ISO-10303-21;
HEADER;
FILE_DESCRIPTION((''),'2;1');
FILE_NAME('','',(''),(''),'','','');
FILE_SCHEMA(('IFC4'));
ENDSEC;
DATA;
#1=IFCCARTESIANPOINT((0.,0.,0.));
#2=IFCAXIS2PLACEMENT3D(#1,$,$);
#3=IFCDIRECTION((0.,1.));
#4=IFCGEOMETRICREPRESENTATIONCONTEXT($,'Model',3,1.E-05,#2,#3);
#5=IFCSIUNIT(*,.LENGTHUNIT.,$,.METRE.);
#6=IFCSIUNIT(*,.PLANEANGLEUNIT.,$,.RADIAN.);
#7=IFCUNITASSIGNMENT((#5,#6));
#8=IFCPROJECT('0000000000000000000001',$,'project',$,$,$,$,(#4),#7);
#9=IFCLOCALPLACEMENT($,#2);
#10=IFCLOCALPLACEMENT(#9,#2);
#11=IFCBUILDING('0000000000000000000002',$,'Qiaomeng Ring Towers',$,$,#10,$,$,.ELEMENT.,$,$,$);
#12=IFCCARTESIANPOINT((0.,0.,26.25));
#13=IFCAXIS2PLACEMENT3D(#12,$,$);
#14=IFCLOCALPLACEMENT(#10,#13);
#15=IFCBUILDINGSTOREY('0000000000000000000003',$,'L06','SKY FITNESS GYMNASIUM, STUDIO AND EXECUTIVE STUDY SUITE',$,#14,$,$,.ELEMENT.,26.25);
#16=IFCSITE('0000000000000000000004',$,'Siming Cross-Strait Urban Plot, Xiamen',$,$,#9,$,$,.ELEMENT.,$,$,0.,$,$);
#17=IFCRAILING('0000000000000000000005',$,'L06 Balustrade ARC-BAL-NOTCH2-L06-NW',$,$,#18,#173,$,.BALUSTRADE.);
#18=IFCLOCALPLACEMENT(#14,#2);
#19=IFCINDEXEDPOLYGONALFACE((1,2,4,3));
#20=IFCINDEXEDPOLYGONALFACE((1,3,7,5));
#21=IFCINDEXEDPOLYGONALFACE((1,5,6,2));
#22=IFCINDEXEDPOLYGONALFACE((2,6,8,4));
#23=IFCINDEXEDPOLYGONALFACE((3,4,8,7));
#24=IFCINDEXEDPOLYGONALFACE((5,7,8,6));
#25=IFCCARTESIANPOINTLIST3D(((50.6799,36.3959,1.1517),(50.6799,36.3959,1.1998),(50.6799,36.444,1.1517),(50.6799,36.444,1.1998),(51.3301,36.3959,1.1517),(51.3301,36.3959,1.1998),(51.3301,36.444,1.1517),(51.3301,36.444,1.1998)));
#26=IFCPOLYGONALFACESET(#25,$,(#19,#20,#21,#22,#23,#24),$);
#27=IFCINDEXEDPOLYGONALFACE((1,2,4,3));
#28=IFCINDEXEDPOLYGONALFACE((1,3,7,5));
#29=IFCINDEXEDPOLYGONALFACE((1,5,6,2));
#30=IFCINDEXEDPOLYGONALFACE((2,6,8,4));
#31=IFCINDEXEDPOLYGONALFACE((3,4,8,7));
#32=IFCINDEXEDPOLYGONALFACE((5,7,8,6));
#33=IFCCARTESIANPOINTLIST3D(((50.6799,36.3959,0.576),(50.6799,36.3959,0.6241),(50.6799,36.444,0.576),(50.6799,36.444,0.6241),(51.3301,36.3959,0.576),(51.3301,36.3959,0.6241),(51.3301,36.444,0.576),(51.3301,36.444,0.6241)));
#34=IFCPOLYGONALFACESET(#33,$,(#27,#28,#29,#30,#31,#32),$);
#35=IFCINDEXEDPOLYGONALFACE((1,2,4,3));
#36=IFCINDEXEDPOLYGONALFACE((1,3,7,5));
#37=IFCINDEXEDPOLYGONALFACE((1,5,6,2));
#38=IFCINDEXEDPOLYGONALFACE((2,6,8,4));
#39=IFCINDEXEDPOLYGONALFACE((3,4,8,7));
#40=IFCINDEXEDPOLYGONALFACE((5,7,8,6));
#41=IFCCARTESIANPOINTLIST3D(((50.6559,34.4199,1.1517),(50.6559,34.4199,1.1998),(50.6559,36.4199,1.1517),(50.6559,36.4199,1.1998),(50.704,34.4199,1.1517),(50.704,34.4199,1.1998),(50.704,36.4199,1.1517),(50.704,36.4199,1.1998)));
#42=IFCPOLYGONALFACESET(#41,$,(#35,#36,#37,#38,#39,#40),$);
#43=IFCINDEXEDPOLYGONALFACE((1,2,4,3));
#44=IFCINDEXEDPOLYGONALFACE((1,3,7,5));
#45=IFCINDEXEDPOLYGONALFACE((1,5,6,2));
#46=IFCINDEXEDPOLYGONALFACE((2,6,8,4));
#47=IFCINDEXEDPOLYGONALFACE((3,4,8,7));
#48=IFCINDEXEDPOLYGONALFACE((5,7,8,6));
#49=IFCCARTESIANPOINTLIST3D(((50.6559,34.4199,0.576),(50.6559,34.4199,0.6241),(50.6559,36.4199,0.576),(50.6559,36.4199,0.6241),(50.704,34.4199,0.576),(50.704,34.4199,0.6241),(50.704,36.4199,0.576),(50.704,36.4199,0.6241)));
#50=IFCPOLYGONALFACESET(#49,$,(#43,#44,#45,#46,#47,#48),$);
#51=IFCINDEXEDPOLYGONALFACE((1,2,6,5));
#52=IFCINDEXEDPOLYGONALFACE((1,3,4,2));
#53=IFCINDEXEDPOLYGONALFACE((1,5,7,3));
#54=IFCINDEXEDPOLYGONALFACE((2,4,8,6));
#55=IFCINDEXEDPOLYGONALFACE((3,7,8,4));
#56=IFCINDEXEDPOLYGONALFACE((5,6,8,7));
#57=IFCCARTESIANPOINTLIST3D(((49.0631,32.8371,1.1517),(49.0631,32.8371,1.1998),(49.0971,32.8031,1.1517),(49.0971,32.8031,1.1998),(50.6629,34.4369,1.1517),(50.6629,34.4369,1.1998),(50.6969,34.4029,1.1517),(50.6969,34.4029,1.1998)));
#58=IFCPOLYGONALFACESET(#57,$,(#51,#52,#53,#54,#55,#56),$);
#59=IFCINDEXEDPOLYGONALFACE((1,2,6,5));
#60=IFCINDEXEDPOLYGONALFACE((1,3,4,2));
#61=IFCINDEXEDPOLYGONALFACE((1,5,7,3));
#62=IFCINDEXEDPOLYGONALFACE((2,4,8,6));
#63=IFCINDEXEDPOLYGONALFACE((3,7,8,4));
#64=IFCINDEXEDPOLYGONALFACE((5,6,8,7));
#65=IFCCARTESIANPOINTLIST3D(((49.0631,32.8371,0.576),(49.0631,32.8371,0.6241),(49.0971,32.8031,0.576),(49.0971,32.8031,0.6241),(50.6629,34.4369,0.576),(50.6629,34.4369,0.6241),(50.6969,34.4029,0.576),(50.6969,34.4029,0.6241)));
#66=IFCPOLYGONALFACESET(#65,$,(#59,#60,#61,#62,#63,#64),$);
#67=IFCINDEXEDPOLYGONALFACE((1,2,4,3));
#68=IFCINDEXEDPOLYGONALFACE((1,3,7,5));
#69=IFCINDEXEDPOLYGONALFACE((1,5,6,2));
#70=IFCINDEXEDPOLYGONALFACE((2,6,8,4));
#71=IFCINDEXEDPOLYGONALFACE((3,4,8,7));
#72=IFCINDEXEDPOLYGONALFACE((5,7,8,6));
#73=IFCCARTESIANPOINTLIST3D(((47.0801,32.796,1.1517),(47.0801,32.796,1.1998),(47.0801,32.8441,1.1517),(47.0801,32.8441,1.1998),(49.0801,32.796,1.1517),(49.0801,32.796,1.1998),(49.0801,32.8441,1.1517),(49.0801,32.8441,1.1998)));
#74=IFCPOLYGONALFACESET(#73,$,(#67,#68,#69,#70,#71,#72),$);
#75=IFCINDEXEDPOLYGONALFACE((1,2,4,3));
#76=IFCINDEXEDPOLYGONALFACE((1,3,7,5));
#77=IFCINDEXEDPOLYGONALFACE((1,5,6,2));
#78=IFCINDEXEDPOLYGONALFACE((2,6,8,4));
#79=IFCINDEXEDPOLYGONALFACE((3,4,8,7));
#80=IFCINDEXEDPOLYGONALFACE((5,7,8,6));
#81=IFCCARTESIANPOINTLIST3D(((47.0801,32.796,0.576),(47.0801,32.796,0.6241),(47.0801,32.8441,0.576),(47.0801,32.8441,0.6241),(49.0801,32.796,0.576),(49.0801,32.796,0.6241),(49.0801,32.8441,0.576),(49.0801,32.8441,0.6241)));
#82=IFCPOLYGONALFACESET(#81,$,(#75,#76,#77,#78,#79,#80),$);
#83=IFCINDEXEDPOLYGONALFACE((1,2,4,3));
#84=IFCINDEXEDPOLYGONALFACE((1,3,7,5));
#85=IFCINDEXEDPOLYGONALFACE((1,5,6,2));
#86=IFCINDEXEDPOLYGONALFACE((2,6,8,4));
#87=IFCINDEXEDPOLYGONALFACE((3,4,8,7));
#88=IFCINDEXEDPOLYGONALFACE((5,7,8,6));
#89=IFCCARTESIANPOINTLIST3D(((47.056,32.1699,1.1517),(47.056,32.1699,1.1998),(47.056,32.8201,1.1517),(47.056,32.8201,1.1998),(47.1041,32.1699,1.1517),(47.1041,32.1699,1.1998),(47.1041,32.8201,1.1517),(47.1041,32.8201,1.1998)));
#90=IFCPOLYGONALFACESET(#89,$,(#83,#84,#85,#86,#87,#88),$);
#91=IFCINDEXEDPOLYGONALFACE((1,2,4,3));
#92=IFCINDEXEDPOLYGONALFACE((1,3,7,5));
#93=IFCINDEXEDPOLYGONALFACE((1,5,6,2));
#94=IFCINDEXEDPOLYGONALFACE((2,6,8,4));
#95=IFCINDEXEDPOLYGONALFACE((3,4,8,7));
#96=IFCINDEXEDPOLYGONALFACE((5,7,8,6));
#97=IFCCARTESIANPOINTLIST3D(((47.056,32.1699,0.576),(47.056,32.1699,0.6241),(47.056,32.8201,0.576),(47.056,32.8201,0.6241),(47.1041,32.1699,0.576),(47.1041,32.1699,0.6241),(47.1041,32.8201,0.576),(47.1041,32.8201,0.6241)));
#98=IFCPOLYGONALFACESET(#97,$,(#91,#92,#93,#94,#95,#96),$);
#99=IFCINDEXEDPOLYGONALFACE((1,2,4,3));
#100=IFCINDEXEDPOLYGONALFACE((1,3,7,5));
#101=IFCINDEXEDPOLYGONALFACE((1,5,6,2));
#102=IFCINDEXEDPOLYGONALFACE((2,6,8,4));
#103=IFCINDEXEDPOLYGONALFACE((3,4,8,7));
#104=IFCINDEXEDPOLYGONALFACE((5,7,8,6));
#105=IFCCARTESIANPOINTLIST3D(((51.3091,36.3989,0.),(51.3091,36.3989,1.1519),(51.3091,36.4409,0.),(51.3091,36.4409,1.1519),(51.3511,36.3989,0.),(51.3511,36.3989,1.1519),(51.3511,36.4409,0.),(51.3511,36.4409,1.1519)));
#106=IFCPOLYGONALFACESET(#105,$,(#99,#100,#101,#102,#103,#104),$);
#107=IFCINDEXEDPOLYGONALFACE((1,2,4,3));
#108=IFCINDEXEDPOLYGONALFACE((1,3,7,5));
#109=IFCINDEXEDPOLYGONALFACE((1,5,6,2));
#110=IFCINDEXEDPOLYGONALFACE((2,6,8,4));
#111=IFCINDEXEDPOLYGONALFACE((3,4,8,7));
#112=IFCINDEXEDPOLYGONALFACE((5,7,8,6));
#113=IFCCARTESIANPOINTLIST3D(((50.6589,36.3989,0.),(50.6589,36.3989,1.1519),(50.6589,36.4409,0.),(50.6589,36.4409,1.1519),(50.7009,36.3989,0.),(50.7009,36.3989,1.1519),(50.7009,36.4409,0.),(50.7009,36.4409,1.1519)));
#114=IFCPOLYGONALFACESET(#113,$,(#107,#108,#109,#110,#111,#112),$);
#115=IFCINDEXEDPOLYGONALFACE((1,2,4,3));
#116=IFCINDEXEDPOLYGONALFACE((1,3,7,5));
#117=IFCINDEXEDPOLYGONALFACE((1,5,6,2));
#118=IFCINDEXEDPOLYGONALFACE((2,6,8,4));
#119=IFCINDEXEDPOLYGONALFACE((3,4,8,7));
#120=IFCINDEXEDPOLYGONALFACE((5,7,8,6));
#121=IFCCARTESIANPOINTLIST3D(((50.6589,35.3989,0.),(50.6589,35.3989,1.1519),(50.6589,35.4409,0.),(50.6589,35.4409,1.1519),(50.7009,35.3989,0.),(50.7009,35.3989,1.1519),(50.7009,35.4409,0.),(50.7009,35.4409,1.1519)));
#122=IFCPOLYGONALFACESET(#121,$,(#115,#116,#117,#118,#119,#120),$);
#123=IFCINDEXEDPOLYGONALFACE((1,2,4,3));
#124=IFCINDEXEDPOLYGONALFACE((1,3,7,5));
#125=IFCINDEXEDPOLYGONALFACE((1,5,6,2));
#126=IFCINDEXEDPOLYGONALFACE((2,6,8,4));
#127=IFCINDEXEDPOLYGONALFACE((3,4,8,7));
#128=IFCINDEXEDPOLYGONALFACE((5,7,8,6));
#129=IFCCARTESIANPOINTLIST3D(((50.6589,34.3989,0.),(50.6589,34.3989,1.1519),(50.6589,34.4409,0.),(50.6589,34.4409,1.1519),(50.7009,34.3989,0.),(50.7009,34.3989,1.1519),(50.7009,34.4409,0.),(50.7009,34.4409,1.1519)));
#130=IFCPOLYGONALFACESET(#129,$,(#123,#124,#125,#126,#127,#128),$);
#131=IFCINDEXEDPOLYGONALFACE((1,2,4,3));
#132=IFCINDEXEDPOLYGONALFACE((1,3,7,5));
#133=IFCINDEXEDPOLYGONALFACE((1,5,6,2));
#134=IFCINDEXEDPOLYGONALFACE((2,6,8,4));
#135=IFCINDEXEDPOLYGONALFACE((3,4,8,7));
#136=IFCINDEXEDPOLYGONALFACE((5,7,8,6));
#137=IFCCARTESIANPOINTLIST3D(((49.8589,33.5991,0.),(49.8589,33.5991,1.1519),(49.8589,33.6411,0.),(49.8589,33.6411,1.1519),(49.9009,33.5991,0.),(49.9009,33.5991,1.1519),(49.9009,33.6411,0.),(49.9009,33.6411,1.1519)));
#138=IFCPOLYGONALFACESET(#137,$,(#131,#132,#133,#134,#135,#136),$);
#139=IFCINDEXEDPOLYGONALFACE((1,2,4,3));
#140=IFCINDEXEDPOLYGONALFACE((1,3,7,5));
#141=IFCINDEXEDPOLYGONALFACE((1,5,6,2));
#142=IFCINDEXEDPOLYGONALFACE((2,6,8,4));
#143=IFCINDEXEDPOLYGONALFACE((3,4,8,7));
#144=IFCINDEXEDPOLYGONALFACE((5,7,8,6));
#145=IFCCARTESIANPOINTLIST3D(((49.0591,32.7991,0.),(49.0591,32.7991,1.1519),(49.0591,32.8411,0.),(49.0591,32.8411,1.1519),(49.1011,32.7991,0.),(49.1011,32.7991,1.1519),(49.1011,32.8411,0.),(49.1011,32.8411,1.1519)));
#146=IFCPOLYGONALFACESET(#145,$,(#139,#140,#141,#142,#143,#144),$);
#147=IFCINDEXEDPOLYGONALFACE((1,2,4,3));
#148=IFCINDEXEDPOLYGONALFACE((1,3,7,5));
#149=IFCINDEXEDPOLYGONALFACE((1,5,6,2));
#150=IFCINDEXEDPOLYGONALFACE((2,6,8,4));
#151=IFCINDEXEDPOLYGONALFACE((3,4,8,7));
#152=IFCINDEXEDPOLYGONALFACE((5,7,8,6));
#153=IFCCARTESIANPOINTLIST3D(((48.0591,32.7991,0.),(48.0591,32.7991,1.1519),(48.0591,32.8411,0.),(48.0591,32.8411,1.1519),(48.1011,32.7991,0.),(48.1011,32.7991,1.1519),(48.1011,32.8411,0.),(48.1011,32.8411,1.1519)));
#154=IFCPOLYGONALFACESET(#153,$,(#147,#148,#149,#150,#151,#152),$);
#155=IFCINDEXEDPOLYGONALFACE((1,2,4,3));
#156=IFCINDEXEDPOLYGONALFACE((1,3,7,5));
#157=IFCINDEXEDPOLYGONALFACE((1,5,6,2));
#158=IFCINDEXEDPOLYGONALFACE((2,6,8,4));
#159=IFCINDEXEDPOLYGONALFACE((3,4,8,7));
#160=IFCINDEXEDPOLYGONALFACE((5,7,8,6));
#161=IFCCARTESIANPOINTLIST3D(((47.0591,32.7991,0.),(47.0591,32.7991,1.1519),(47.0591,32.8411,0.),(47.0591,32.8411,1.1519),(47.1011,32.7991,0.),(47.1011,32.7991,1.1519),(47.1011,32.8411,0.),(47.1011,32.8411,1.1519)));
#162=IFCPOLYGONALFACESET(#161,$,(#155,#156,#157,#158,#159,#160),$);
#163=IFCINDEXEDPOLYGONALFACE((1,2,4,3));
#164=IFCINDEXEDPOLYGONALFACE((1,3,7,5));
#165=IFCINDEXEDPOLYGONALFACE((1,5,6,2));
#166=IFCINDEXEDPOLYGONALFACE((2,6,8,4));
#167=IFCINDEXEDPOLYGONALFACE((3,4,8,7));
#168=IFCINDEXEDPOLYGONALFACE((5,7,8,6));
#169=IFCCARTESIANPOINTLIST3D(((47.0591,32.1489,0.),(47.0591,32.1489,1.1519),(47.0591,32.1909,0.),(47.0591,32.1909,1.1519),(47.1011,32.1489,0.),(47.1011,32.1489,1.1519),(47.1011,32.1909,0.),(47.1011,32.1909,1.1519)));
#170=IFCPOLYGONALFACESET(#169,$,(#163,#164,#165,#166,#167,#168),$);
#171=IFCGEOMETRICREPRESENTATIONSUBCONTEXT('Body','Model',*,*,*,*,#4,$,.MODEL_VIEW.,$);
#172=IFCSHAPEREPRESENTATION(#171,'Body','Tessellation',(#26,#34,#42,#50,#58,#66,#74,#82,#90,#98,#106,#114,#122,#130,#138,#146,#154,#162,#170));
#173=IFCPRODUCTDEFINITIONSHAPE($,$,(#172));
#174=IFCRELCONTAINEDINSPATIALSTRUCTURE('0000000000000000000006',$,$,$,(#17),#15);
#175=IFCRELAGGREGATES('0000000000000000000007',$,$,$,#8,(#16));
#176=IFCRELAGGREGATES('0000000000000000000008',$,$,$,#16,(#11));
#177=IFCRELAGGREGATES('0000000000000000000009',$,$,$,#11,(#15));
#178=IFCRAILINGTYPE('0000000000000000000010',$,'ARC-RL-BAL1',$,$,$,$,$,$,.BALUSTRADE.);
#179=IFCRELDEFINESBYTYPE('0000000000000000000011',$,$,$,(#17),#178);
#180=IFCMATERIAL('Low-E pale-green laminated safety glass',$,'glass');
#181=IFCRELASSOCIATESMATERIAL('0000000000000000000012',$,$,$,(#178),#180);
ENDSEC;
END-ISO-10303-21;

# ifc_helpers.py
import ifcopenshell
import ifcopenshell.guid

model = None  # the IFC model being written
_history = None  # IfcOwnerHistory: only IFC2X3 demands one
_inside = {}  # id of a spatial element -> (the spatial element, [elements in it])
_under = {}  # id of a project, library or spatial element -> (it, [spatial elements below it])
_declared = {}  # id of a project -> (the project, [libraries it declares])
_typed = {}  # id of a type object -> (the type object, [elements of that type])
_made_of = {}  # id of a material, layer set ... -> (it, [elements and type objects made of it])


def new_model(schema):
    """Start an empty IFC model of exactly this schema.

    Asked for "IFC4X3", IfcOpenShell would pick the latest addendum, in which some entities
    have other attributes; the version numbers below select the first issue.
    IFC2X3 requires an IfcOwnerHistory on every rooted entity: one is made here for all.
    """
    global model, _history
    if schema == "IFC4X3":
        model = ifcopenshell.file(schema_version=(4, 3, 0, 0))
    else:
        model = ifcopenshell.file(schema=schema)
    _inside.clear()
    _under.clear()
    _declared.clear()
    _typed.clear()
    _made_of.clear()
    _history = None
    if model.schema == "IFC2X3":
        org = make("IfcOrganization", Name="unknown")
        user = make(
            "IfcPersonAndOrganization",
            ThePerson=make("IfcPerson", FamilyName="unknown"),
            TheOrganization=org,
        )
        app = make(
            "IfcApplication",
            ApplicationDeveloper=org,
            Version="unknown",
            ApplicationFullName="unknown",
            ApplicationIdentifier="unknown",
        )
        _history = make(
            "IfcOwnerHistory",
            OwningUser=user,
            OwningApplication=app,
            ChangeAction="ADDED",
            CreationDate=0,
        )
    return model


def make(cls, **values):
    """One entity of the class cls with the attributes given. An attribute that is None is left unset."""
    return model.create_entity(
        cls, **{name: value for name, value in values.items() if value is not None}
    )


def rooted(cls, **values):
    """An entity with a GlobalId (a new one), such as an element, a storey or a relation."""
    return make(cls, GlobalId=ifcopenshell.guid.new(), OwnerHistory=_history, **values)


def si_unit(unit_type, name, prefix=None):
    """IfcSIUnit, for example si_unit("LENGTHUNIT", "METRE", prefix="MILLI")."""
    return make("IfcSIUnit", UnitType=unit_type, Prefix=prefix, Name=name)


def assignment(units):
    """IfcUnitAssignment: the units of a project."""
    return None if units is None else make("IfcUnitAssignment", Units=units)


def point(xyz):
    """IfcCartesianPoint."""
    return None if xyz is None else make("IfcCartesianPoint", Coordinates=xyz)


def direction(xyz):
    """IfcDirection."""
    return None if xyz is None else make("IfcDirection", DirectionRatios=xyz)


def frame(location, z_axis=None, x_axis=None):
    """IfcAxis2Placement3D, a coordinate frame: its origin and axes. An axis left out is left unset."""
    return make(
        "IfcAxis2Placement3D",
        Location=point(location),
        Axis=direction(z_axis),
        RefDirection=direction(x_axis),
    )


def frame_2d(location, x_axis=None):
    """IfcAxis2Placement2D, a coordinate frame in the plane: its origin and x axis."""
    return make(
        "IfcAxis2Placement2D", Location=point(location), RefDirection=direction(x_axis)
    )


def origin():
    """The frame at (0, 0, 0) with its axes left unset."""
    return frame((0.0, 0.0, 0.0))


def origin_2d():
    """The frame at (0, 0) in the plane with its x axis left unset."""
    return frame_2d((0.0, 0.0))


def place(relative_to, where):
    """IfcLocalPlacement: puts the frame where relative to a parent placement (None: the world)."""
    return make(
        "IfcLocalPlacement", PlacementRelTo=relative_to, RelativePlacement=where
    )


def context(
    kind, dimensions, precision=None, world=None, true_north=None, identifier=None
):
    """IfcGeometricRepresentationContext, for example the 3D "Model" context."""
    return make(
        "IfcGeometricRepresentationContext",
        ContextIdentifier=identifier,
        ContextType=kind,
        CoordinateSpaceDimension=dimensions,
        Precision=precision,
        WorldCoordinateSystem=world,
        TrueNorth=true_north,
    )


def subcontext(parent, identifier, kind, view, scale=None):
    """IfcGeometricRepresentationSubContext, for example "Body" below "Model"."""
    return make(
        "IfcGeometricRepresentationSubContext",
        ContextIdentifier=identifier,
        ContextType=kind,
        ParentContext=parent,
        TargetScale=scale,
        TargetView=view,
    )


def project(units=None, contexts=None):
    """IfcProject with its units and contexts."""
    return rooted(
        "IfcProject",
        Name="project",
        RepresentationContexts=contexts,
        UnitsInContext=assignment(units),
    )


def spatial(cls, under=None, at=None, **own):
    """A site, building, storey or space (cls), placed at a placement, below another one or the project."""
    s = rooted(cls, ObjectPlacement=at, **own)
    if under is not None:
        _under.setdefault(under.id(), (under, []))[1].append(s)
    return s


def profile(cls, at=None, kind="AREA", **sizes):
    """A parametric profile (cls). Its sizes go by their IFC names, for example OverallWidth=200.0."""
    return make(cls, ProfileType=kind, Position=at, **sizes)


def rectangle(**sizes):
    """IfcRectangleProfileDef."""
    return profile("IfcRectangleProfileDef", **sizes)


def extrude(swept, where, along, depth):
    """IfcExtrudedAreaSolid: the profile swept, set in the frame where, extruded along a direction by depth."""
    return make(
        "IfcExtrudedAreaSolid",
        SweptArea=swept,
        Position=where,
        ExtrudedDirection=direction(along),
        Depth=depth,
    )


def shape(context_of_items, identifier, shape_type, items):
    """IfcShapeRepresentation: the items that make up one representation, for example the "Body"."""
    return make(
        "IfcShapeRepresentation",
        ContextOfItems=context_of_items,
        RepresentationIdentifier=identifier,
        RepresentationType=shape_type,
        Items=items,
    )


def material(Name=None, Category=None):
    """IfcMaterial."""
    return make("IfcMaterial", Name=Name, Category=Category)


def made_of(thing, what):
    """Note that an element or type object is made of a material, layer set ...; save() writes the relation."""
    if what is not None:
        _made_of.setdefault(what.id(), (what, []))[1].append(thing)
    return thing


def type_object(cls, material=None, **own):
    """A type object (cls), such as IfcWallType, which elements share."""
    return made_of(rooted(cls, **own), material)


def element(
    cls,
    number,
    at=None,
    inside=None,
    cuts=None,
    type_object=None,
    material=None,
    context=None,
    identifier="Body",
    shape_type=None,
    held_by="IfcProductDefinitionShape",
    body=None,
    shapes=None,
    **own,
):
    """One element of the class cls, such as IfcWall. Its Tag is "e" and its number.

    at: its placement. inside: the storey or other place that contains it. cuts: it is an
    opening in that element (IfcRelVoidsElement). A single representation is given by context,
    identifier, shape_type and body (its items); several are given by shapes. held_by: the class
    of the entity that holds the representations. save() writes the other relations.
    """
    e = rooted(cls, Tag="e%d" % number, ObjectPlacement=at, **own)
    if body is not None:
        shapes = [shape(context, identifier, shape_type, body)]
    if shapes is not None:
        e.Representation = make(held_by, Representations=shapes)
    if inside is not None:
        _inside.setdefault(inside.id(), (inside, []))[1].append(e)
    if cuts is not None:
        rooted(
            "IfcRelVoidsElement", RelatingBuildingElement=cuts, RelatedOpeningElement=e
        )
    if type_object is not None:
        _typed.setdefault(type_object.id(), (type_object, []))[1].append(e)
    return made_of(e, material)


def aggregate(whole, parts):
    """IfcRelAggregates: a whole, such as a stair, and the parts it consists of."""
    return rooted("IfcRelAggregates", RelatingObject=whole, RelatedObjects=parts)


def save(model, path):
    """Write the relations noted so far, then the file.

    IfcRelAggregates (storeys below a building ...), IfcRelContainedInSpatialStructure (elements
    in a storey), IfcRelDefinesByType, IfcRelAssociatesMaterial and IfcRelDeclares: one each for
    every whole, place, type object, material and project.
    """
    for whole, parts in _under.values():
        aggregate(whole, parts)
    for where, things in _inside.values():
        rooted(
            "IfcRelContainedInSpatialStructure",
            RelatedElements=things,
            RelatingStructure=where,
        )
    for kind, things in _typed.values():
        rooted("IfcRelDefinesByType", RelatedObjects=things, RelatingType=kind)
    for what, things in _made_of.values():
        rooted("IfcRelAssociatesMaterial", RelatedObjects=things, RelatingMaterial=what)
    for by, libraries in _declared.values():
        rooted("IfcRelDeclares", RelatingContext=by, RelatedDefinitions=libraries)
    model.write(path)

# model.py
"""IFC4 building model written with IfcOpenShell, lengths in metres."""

from ifc_helpers import new_model, si_unit, direction, frame, origin, origin_2d, place, context, subcontext, project, spatial, rectangle, extrude, material, type_object, element, save


model = new_model("IFC4")

# Units and contexts
model_context = context("Model", 3, precision=1e-05, world=origin(), true_north=direction((0.0, 1.0)))
body_context = subcontext(model_context, "Body", "Model", "MODEL_VIEW")
ifc_project = project(units=[si_unit("LENGTHUNIT", "METRE"), si_unit("PLANEANGLEUNIT", "RADIAN")], contexts=[model_context])

# Site, building, storey
site_placement = place(None, origin())
site = spatial("IfcSite", under=ifc_project, at=site_placement, Name="Siming Cross-Strait Urban Plot, Xiamen", CompositionType="ELEMENT", RefElevation=0.0)
building_placement = place(site_placement, origin())
building = spatial("IfcBuilding", under=site, at=building_placement, Name="Qiaomeng Ring Towers", CompositionType="ELEMENT")
storey_placement = place(building_placement, frame((0.0, 0.0, 26.25)))
storey = spatial("IfcBuildingStorey", under=building, at=storey_placement, Name="L06", Description="SKY FITNESS GYMNASIUM, STUDIO AND EXECUTIVE STUDY SUITE", CompositionType="ELEMENT", Elevation=26.25)

# Railing
ifc_material_1 = material(Name="Low-E pale-green laminated safety glass", Category="glass")
railing_type = type_object("IfcRailingType", Name="ARC-RL-BAL1", PredefinedType="BALUSTRADE", material=ifc_material_1)
railing_1_placement = place(storey_placement, frame((51.3301, 36.4199, 0.0)))
element("IfcRailing", 1, at=railing_1_placement, inside=storey, type_object=railing_type, Name="L06 Balustrade ARC-BAL-NOTCH2-L06-NW", PredefinedType="BALUSTRADE", context=body_context, shape_type="SweptSolid", body=[
    extrude(rectangle(XDim=0.0481, YDim=0.0481, at=origin_2d()), frame((0.0, 0.0, 1.1758), z_axis=(-1.0, 0.0, 0.0), x_axis=(0.0, -1.0, 0.0)), (0.0, 0.0, 1.0), 0.6501),
    extrude(rectangle(XDim=0.0481, YDim=0.0481, at=origin_2d()), frame((0.0, 0.0, 0.6001), z_axis=(-1.0, 0.0, 0.0), x_axis=(0.0, -1.0, 0.0)), (0.0, 0.0, 1.0), 0.6501),
    extrude(rectangle(XDim=0.0481, YDim=0.0481, at=origin_2d()), frame((-0.6501, 0.0, 1.1758), z_axis=(0.0, -1.0, 0.0), x_axis=(1.0, 0.0, 0.0)), (0.0, 0.0, 1.0), 2.0),
    extrude(rectangle(XDim=0.0481, YDim=0.0481, at=origin_2d()), frame((-0.6501, 0.0, 0.6001), z_axis=(0.0, -1.0, 0.0), x_axis=(1.0, 0.0, 0.0)), (0.0, 0.0, 1.0), 2.0),
    extrude(rectangle(XDim=0.0481, YDim=0.0481, at=origin_2d()), frame((-0.6501, -2.0, 1.1758), z_axis=(-0.707107, -0.707107, 0.0), x_axis=(0.707107, -0.707107, 0.0)), (0.0, 0.0, 1.0), 2.2625),
    extrude(rectangle(XDim=0.0481, YDim=0.0481, at=origin_2d()), frame((-0.6501, -2.0, 0.6001), z_axis=(-0.707107, -0.707107, 0.0), x_axis=(0.707107, -0.707107, 0.0)), (0.0, 0.0, 1.0), 2.2625),
    extrude(rectangle(XDim=0.0481, YDim=0.0481, at=origin_2d()), frame((-2.25, -3.5999, 1.1758), z_axis=(-1.0, 0.0, 0.0), x_axis=(0.0, -1.0, 0.0)), (0.0, 0.0, 1.0), 2.0),
    extrude(rectangle(XDim=0.0481, YDim=0.0481, at=origin_2d()), frame((-2.25, -3.5999, 0.6001), z_axis=(-1.0, 0.0, 0.0), x_axis=(0.0, -1.0, 0.0)), (0.0, 0.0, 1.0), 2.0),
    extrude(rectangle(XDim=0.0481, YDim=0.0481, at=origin_2d()), frame((-4.25, -3.5999, 1.1758), z_axis=(0.0, -1.0, 0.0), x_axis=(1.0, 0.0, 0.0)), (0.0, 0.0, 1.0), 0.6501),
    extrude(rectangle(XDim=0.0481, YDim=0.0481, at=origin_2d()), frame((-4.25, -3.5999, 0.6001), z_axis=(0.0, -1.0, 0.0), x_axis=(1.0, 0.0, 0.0)), (0.0, 0.0, 1.0), 0.6501),
    extrude(rectangle(XDim=0.042, YDim=0.042, at=origin_2d()), origin(), (0.0, 0.0, 1.0), 1.1519),
    extrude(rectangle(XDim=0.042, YDim=0.042, at=origin_2d()), frame((-0.6501, 0.0, 0.0)), (0.0, 0.0, 1.0), 1.1519),
    extrude(rectangle(XDim=0.042, YDim=0.042, at=origin_2d()), frame((-0.6501, -1.0, 0.0)), (0.0, 0.0, 1.0), 1.1519),
    extrude(rectangle(XDim=0.042, YDim=0.042, at=origin_2d()), frame((-0.6501, -2.0, 0.0)), (0.0, 0.0, 1.0), 1.1519),
    extrude(rectangle(XDim=0.042, YDim=0.042, at=origin_2d()), frame((-1.4502, -2.7998, 0.0)), (0.0, 0.0, 1.0), 1.1519),
    extrude(rectangle(XDim=0.042, YDim=0.042, at=origin_2d()), frame((-2.25, -3.5999, 0.0)), (0.0, 0.0, 1.0), 1.1519),
    extrude(rectangle(XDim=0.042, YDim=0.042, at=origin_2d()), frame((-3.25, -3.5999, 0.0)), (0.0, 0.0, 1.0), 1.1519),
    extrude(rectangle(XDim=0.042, YDim=0.042, at=origin_2d()), frame((-4.25, -3.5999, 0.0)), (0.0, 0.0, 1.0), 1.1519),
    extrude(rectangle(XDim=0.042, YDim=0.042, at=origin_2d()), frame((-4.25, -4.25, 0.0)), (0.0, 0.0, 1.0), 1.1519),
])

save(model, "model.ifc")
